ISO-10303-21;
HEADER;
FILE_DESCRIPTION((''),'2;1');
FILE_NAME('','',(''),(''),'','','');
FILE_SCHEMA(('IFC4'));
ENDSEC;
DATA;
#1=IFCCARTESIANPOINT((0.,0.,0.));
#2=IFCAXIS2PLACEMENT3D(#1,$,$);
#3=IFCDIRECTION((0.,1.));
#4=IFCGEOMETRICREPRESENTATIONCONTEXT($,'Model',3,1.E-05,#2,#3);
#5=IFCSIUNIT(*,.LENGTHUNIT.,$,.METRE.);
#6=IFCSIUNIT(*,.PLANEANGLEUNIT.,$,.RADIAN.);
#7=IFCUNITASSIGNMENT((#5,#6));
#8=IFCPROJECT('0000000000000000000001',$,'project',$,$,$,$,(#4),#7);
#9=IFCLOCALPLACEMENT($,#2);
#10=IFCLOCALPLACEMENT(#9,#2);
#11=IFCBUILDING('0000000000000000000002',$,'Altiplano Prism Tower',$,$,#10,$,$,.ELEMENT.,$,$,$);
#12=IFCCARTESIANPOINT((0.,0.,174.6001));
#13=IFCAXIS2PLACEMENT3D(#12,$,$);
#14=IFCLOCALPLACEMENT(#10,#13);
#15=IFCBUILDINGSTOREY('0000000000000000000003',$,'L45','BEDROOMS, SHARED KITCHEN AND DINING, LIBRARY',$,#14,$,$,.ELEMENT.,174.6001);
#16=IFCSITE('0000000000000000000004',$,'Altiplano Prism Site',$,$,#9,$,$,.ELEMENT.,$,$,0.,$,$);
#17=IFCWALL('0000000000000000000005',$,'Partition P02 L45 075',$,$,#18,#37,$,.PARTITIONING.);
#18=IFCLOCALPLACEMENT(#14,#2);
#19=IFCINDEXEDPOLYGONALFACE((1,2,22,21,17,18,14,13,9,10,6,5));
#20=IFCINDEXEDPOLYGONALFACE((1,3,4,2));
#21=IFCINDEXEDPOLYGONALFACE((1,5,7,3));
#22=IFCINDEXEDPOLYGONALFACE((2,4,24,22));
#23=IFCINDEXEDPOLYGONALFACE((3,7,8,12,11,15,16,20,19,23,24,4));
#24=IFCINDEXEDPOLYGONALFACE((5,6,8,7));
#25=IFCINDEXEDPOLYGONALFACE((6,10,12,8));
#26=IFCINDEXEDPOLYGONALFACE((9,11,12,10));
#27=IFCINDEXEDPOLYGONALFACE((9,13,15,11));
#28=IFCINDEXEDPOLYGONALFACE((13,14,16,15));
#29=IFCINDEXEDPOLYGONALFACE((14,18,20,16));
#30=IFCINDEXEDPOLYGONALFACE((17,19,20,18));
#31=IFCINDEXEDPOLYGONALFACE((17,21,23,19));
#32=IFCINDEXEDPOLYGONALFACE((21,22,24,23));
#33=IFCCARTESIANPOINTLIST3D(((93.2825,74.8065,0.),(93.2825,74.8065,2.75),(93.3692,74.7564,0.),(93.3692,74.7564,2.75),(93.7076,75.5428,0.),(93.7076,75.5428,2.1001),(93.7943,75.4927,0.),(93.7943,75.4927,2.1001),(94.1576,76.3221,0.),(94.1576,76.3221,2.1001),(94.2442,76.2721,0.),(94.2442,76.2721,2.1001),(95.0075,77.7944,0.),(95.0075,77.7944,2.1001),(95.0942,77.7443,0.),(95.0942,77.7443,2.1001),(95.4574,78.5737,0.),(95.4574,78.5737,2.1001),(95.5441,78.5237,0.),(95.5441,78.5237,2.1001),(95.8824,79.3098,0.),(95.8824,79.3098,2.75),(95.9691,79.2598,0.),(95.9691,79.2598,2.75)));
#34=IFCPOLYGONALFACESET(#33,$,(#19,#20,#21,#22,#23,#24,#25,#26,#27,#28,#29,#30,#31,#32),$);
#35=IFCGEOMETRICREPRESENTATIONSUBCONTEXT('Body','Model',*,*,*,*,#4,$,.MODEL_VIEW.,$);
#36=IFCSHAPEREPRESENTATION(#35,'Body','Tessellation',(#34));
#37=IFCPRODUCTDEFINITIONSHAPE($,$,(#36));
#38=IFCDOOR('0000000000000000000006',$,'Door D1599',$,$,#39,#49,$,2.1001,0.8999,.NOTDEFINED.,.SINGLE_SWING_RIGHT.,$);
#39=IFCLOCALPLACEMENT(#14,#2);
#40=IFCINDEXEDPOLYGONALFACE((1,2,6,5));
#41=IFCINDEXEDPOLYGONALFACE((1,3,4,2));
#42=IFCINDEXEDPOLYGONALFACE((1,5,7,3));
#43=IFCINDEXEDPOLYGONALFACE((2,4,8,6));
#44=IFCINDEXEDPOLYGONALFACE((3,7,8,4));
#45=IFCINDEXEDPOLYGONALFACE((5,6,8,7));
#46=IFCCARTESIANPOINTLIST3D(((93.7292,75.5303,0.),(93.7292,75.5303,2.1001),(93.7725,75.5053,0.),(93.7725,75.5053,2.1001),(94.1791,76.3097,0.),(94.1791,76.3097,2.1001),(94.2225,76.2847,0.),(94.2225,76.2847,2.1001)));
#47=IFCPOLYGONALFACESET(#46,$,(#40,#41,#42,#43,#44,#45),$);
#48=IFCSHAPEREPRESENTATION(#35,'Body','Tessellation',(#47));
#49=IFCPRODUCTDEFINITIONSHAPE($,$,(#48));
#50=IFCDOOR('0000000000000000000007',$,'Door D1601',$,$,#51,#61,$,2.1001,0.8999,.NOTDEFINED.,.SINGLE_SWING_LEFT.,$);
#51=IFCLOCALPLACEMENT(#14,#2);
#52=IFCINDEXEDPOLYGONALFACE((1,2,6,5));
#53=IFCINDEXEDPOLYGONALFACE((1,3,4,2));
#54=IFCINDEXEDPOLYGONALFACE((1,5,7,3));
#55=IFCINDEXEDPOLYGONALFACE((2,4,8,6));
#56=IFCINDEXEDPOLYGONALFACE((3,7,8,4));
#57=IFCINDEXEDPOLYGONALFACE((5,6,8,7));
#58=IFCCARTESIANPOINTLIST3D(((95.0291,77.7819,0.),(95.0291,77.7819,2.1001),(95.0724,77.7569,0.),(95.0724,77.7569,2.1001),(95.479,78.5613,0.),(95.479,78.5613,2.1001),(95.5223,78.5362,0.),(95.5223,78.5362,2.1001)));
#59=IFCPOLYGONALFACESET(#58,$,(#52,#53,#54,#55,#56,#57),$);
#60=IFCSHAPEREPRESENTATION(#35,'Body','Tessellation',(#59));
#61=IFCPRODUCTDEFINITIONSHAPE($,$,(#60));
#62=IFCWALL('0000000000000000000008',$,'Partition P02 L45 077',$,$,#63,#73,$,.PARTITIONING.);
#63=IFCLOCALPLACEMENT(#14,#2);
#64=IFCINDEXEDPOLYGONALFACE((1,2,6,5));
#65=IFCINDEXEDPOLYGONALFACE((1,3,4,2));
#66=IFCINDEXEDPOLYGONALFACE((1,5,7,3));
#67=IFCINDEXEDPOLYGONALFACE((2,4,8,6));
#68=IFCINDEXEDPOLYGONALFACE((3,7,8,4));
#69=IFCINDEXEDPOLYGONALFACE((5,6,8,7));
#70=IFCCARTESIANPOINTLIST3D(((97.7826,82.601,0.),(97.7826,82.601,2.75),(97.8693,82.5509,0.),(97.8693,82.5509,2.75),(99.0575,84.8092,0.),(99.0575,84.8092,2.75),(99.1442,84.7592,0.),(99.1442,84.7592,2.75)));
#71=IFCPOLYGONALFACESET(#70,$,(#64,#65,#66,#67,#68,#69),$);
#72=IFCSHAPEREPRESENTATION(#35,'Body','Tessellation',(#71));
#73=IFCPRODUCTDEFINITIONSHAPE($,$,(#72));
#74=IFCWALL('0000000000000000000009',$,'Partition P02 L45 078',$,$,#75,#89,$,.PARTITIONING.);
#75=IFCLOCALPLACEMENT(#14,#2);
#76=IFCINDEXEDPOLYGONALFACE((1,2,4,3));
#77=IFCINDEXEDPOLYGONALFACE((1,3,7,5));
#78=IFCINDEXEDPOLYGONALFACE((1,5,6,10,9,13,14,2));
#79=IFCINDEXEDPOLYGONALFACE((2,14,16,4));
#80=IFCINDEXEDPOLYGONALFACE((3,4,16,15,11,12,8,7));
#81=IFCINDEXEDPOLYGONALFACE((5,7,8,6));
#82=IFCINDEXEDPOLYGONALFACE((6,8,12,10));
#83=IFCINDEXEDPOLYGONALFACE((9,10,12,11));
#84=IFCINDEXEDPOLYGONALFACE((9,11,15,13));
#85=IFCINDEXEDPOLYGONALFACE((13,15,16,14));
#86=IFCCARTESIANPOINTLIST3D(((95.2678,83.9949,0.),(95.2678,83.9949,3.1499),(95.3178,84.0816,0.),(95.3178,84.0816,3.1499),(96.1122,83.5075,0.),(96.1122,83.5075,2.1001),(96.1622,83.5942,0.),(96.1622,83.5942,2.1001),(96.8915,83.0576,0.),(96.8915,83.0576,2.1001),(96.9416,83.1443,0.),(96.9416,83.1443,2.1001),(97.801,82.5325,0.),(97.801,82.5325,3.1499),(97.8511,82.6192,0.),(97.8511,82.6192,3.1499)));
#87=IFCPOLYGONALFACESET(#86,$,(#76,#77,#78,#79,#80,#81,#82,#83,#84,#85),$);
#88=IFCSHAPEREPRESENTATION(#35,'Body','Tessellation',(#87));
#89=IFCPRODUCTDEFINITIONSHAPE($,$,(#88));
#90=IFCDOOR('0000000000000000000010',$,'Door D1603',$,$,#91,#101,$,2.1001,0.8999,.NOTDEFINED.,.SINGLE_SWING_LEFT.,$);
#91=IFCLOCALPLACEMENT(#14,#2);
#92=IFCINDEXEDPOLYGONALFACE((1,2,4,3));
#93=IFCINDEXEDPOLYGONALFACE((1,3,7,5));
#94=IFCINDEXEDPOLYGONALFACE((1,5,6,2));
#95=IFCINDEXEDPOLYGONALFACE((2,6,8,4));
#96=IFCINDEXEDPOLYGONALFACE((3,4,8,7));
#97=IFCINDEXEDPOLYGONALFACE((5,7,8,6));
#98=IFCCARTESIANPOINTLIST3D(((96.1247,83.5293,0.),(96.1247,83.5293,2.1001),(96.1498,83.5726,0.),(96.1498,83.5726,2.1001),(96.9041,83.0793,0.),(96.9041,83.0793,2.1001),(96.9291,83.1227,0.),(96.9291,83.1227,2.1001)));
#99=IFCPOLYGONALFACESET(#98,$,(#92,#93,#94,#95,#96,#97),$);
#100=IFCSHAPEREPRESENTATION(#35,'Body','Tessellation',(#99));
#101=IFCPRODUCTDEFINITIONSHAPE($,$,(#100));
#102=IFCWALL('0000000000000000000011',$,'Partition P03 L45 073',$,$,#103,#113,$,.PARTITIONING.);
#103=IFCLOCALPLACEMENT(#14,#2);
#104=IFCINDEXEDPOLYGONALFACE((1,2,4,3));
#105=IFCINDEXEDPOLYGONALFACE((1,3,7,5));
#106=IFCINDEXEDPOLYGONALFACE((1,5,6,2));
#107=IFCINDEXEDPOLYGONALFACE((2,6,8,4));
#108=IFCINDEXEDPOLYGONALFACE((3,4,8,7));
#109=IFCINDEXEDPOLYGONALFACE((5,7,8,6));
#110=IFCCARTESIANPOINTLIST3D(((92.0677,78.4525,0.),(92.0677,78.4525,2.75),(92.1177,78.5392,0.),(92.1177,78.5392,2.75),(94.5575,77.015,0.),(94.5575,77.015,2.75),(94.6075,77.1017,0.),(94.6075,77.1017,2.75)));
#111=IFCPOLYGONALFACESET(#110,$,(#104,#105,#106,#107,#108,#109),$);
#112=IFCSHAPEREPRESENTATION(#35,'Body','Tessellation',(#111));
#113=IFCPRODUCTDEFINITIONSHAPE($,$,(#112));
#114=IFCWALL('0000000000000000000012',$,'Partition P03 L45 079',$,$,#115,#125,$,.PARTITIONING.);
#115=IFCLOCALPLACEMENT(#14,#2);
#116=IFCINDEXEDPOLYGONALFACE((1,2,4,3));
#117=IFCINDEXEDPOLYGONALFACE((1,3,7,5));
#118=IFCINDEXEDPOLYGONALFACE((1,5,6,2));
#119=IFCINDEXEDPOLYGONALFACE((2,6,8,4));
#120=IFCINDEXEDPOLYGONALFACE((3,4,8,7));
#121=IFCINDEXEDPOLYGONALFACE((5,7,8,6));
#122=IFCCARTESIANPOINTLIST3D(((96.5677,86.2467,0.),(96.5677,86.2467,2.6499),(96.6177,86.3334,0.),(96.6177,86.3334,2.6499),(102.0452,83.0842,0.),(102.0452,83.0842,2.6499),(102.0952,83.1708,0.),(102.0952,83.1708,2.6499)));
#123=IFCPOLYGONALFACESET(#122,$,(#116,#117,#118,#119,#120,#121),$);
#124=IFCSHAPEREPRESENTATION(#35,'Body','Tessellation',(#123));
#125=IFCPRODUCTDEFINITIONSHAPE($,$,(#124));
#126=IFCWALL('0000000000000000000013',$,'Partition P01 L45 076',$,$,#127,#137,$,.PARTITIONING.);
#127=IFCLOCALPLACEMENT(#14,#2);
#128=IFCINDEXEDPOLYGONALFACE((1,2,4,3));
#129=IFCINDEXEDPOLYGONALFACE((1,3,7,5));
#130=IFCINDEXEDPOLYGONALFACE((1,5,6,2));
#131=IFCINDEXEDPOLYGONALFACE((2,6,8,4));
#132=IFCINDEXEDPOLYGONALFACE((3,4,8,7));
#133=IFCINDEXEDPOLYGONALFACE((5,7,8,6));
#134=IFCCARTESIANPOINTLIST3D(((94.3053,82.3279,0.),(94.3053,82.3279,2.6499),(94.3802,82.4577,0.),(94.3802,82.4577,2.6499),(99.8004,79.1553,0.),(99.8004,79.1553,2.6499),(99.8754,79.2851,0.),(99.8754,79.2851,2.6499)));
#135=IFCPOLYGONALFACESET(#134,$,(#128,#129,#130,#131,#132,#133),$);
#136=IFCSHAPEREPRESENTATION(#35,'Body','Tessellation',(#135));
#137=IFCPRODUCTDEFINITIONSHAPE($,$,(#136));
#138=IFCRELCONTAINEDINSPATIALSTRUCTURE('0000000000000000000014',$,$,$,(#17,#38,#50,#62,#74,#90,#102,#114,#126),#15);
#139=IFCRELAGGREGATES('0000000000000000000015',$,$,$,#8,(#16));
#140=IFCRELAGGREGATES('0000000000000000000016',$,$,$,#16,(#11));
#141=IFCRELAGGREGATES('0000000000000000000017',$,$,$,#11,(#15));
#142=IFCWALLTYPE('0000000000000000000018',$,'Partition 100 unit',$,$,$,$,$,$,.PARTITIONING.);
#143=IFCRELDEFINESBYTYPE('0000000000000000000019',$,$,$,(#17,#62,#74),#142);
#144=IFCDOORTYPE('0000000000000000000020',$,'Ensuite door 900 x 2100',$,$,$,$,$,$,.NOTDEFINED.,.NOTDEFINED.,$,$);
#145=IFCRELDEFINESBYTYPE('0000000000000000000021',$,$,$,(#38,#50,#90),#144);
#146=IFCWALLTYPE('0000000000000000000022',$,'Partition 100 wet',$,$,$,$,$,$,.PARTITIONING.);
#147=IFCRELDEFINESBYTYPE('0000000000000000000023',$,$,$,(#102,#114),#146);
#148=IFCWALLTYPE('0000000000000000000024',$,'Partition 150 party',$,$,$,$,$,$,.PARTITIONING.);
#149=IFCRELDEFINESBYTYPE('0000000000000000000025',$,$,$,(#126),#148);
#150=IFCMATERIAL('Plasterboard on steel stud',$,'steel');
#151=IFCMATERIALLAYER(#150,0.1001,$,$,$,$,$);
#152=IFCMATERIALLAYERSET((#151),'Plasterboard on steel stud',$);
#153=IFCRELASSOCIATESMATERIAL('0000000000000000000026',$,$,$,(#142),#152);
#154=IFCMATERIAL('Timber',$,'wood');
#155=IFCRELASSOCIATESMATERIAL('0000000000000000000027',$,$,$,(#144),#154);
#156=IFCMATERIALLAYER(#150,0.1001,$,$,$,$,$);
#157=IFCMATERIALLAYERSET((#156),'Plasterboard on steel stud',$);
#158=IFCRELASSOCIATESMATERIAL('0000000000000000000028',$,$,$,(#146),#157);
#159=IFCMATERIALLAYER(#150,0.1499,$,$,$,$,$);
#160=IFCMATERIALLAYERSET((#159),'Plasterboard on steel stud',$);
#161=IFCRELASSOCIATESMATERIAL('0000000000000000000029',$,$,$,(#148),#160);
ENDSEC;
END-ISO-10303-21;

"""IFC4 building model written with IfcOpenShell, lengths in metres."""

from ifc_helpers import new_model, si_unit, direction, frame, frame_2d, origin, place, context, subcontext, project, spatial, rectangle, extrude, material, layer, layer_set, type_object, element, fill, save


model = new_model("IFC4")

# Units and contexts
model_context = context("Model", 3, precision=1e-05, world=origin(), true_north=direction((0.0, 1.0)))
body_context = subcontext(model_context, "Body", "Model", "MODEL_VIEW")
ifc_project = project(units=[si_unit("LENGTHUNIT", "METRE"), si_unit("PLANEANGLEUNIT", "RADIAN")], contexts=[model_context])

# Site, building, storey
site_placement = place(None, origin())
site = spatial("IfcSite", under=ifc_project, at=site_placement, Name="Altiplano Prism Site", CompositionType="ELEMENT", RefElevation=0.0)
building_placement = place(site_placement, origin())
building = spatial("IfcBuilding", under=site, at=building_placement, Name="Altiplano Prism Tower", CompositionType="ELEMENT")
storey_placement = place(building_placement, frame((0.0, 0.0, 174.6001)))
storey = spatial("IfcBuildingStorey", under=building, at=storey_placement, Name="L45", Description="BEDROOMS, SHARED KITCHEN AND DINING, LIBRARY", CompositionType="ELEMENT", Elevation=174.6001)

# Shared definitions
ifc_material_1 = material(Name="Plasterboard on steel stud", Category="steel")
ifc_layer_1 = layer(ifc_material_1, 0.1001)
ifc_layer_set_1 = layer_set([ifc_layer_1], Name="Plasterboard on steel stud")
wall_type_1 = type_object("IfcWallType", Name="Partition 100 unit", PredefinedType="PARTITIONING", material=ifc_layer_set_1)

# Wall, openings, doors
wall_1_placement = place(storey_placement, frame((95.9258, 79.2849, 0.0), z_axis=(0.0, 0.0, 1.0), x_axis=(-0.499972, -0.866042, 0.0)))
wall_1 = element("IfcWall", 1, at=wall_1_placement, inside=storey, type_object=wall_type_1, Name="Partition P02 L45 075", PredefinedType="PARTITIONING", context=body_context, shape_type="SweptSolid", body=[
    extrude(rectangle(XDim=5.2, YDim=0.1001, at=frame_2d((2.6001, 0.0))), origin(), (0.0, 0.0, 1.0), 2.75),
])
opening_1_placement = place(wall_1_placement, frame((3.45, 0.0, 0.0)))
opening_1 = element("IfcOpeningElement", 2, at=opening_1_placement, cuts=wall_1, PredefinedType="OPENING", context=body_context, shape_type="SweptSolid", body=[
    extrude(rectangle(XDim=0.8999, YDim=2.1001, at=frame_2d((0.45, 1.05))), frame((0.0, 0.0605, 0.0), z_axis=(0.0, -1.0, 0.0), x_axis=(1.0, 0.0, 0.0)), (0.0, 0.0, 1.0), 0.1211),
])
opening_2_placement = place(wall_1_placement, frame((0.8501, 0.0, 0.0)))
opening_2 = element("IfcOpeningElement", 3, at=opening_2_placement, cuts=wall_1, PredefinedType="OPENING", context=body_context, shape_type="SweptSolid", body=[
    extrude(rectangle(XDim=0.8999, YDim=2.1001, at=frame_2d((0.45, 1.05))), frame((0.0, 0.0605, 0.0), z_axis=(0.0, -1.0, 0.0), x_axis=(1.0, 0.0, 0.0)), (0.0, 0.0, 1.0), 0.1211),
])
ifc_material_2 = material(Name="Timber", Category="wood")
door_type = type_object("IfcDoorType", Name="Ensuite door 900 x 2100", OperationType="NOTDEFINED", PredefinedType="NOTDEFINED", material=ifc_material_2)
door_1_placement = place(opening_1_placement, origin())
door_1 = element("IfcDoor", 4, at=door_1_placement, inside=storey, type_object=door_type, Name="Door D1599", OperationType="SINGLE_SWING_RIGHT", OverallHeight=2.1001, OverallWidth=0.8999, PredefinedType="NOTDEFINED", context=body_context, shape_type="SweptSolid", body=[
    extrude(rectangle(XDim=0.8999, YDim=2.1001, at=frame_2d((0.45, 1.05))), frame((0.0, 0.0249, 0.0), z_axis=(0.0, -1.0, 0.0), x_axis=(1.0, 0.0, 0.0)), (0.0, 0.0, 1.0), 0.05),
])
fill(opening_1, door_1)
door_2_placement = place(opening_2_placement, origin())
door_2 = element("IfcDoor", 5, at=door_2_placement, inside=storey, type_object=door_type, Name="Door D1601", OperationType="SINGLE_SWING_LEFT", OverallHeight=2.1001, OverallWidth=0.8999, PredefinedType="NOTDEFINED", context=body_context, shape_type="SweptSolid", body=[
    extrude(rectangle(XDim=0.8999, YDim=2.1001, at=frame_2d((0.45, 1.05))), frame((0.0, 0.0249, 0.0), z_axis=(0.0, -1.0, 0.0), x_axis=(1.0, 0.0, 0.0)), (0.0, 0.0, 1.0), 0.05),
])
fill(opening_2, door_2)

# Wall
wall_2_placement = place(storey_placement, frame((99.1008, 84.7842, 0.0), z_axis=(0.0, 0.0, 1.0), x_axis=(-0.49999, -0.866031, 0.0)))
element("IfcWall", 6, at=wall_2_placement, inside=storey, type_object=wall_type_1, Name="Partition P02 L45 077", PredefinedType="PARTITIONING", context=body_context, shape_type="SweptSolid", body=[
    extrude(rectangle(XDim=2.5498, YDim=0.1001, at=frame_2d((1.2749, 0.0))), origin(), (0.0, 0.0, 1.0), 2.75),
])

# Wall, opening, door
wall_3_placement = place(storey_placement, frame((97.8259, 82.5759, 0.0), z_axis=(0.0, 0.0, 1.0), x_axis=(-0.866047, 0.499963, 0.0)))
wall_3 = element("IfcWall", 7, at=wall_3_placement, inside=storey, type_object=wall_type_1, Name="Partition P02 L45 078", PredefinedType="PARTITIONING", context=body_context, shape_type="SweptSolid", body=[
    extrude(rectangle(XDim=2.925, YDim=0.1001, at=frame_2d((1.4624, 0.0))), origin(), (0.0, 0.0, 1.0), 3.1499),
])
opening_3_placement = place(wall_3_placement, frame((1.05, 0.0, 0.0)))
opening_3 = element("IfcOpeningElement", 8, at=opening_3_placement, cuts=wall_3, PredefinedType="OPENING", context=body_context, shape_type="SweptSolid", body=[
    extrude(rectangle(XDim=0.8999, YDim=2.1001, at=frame_2d((0.45, 1.05))), frame((0.0, 0.0605, 0.0), z_axis=(0.0, -1.0, 0.0), x_axis=(1.0, 0.0, 0.0)), (0.0, 0.0, 1.0), 0.1211),
])
door_3_placement = place(opening_3_placement, origin())
door_3 = element("IfcDoor", 9, at=door_3_placement, inside=storey, type_object=door_type, Name="Door D1603", OperationType="SINGLE_SWING_LEFT", OverallHeight=2.1001, OverallWidth=0.8999, PredefinedType="NOTDEFINED", context=body_context, shape_type="SweptSolid", body=[
    extrude(rectangle(XDim=0.8999, YDim=2.1001, at=frame_2d((0.45, 1.05))), frame((0.0, 0.0249, 0.0), z_axis=(0.0, -1.0, 0.0), x_axis=(1.0, 0.0, 0.0)), (0.0, 0.0, 1.0), 0.05),
])
fill(opening_3, door_3)

# Walls
ifc_layer_2 = layer(ifc_material_1, 0.1001)
ifc_layer_set_2 = layer_set([ifc_layer_2], Name="Plasterboard on steel stud")
wall_type_2 = type_object("IfcWallType", Name="Partition 100 wet", PredefinedType="PARTITIONING", material=ifc_layer_set_2)
wall_4_placement = place(storey_placement, frame((94.5825, 77.0583, 0.0), z_axis=(0.0, 0.0, 1.0), x_axis=(-0.866019, 0.500012, 0.0)))
element("IfcWall", 10, at=wall_4_placement, inside=storey, type_object=wall_type_2, Name="Partition P03 L45 073", PredefinedType="PARTITIONING", context=body_context, shape_type="SweptSolid", body=[
    extrude(rectangle(XDim=2.875, YDim=0.1001, at=frame_2d((1.4375, 0.0))), origin(), (0.0, 0.0, 1.0), 2.75),
])
wall_5_placement = place(storey_placement, frame((102.0703, 83.1274, 0.0), z_axis=(0.0, 0.0, 1.0), x_axis=(-0.866016, 0.500016, 0.0)))
element("IfcWall", 11, at=wall_5_placement, inside=storey, type_object=wall_type_2, Name="Partition P03 L45 079", PredefinedType="PARTITIONING", context=body_context, shape_type="SweptSolid", body=[
    extrude(rectangle(XDim=6.325, YDim=0.1001, at=frame_2d((3.1626, 0.0))), origin(), (0.0, 0.0, 1.0), 2.6499),
])
ifc_layer_3 = layer(ifc_material_1, 0.1499)
ifc_layer_set_3 = layer_set([ifc_layer_3], Name="Plasterboard on steel stud")
wall_type_3 = type_object("IfcWallType", Name="Partition 150 party", PredefinedType="PARTITIONING", material=ifc_layer_set_3)
wall_6_placement = place(storey_placement, frame((99.8379, 79.2202, 0.0), z_axis=(0.0, 0.0, 1.0), x_axis=(-0.866025, 0.5, 0.0)))
element("IfcWall", 12, at=wall_6_placement, inside=storey, type_object=wall_type_3, Name="Partition P01 L45 076", PredefinedType="PARTITIONING", context=body_context, shape_type="SweptSolid", body=[
    extrude(rectangle(XDim=6.3452, YDim=0.1499, at=frame_2d((3.1726, 0.0))), origin(), (0.0, 0.0, 1.0), 2.6499),
])

save(model, "model.ifc")
